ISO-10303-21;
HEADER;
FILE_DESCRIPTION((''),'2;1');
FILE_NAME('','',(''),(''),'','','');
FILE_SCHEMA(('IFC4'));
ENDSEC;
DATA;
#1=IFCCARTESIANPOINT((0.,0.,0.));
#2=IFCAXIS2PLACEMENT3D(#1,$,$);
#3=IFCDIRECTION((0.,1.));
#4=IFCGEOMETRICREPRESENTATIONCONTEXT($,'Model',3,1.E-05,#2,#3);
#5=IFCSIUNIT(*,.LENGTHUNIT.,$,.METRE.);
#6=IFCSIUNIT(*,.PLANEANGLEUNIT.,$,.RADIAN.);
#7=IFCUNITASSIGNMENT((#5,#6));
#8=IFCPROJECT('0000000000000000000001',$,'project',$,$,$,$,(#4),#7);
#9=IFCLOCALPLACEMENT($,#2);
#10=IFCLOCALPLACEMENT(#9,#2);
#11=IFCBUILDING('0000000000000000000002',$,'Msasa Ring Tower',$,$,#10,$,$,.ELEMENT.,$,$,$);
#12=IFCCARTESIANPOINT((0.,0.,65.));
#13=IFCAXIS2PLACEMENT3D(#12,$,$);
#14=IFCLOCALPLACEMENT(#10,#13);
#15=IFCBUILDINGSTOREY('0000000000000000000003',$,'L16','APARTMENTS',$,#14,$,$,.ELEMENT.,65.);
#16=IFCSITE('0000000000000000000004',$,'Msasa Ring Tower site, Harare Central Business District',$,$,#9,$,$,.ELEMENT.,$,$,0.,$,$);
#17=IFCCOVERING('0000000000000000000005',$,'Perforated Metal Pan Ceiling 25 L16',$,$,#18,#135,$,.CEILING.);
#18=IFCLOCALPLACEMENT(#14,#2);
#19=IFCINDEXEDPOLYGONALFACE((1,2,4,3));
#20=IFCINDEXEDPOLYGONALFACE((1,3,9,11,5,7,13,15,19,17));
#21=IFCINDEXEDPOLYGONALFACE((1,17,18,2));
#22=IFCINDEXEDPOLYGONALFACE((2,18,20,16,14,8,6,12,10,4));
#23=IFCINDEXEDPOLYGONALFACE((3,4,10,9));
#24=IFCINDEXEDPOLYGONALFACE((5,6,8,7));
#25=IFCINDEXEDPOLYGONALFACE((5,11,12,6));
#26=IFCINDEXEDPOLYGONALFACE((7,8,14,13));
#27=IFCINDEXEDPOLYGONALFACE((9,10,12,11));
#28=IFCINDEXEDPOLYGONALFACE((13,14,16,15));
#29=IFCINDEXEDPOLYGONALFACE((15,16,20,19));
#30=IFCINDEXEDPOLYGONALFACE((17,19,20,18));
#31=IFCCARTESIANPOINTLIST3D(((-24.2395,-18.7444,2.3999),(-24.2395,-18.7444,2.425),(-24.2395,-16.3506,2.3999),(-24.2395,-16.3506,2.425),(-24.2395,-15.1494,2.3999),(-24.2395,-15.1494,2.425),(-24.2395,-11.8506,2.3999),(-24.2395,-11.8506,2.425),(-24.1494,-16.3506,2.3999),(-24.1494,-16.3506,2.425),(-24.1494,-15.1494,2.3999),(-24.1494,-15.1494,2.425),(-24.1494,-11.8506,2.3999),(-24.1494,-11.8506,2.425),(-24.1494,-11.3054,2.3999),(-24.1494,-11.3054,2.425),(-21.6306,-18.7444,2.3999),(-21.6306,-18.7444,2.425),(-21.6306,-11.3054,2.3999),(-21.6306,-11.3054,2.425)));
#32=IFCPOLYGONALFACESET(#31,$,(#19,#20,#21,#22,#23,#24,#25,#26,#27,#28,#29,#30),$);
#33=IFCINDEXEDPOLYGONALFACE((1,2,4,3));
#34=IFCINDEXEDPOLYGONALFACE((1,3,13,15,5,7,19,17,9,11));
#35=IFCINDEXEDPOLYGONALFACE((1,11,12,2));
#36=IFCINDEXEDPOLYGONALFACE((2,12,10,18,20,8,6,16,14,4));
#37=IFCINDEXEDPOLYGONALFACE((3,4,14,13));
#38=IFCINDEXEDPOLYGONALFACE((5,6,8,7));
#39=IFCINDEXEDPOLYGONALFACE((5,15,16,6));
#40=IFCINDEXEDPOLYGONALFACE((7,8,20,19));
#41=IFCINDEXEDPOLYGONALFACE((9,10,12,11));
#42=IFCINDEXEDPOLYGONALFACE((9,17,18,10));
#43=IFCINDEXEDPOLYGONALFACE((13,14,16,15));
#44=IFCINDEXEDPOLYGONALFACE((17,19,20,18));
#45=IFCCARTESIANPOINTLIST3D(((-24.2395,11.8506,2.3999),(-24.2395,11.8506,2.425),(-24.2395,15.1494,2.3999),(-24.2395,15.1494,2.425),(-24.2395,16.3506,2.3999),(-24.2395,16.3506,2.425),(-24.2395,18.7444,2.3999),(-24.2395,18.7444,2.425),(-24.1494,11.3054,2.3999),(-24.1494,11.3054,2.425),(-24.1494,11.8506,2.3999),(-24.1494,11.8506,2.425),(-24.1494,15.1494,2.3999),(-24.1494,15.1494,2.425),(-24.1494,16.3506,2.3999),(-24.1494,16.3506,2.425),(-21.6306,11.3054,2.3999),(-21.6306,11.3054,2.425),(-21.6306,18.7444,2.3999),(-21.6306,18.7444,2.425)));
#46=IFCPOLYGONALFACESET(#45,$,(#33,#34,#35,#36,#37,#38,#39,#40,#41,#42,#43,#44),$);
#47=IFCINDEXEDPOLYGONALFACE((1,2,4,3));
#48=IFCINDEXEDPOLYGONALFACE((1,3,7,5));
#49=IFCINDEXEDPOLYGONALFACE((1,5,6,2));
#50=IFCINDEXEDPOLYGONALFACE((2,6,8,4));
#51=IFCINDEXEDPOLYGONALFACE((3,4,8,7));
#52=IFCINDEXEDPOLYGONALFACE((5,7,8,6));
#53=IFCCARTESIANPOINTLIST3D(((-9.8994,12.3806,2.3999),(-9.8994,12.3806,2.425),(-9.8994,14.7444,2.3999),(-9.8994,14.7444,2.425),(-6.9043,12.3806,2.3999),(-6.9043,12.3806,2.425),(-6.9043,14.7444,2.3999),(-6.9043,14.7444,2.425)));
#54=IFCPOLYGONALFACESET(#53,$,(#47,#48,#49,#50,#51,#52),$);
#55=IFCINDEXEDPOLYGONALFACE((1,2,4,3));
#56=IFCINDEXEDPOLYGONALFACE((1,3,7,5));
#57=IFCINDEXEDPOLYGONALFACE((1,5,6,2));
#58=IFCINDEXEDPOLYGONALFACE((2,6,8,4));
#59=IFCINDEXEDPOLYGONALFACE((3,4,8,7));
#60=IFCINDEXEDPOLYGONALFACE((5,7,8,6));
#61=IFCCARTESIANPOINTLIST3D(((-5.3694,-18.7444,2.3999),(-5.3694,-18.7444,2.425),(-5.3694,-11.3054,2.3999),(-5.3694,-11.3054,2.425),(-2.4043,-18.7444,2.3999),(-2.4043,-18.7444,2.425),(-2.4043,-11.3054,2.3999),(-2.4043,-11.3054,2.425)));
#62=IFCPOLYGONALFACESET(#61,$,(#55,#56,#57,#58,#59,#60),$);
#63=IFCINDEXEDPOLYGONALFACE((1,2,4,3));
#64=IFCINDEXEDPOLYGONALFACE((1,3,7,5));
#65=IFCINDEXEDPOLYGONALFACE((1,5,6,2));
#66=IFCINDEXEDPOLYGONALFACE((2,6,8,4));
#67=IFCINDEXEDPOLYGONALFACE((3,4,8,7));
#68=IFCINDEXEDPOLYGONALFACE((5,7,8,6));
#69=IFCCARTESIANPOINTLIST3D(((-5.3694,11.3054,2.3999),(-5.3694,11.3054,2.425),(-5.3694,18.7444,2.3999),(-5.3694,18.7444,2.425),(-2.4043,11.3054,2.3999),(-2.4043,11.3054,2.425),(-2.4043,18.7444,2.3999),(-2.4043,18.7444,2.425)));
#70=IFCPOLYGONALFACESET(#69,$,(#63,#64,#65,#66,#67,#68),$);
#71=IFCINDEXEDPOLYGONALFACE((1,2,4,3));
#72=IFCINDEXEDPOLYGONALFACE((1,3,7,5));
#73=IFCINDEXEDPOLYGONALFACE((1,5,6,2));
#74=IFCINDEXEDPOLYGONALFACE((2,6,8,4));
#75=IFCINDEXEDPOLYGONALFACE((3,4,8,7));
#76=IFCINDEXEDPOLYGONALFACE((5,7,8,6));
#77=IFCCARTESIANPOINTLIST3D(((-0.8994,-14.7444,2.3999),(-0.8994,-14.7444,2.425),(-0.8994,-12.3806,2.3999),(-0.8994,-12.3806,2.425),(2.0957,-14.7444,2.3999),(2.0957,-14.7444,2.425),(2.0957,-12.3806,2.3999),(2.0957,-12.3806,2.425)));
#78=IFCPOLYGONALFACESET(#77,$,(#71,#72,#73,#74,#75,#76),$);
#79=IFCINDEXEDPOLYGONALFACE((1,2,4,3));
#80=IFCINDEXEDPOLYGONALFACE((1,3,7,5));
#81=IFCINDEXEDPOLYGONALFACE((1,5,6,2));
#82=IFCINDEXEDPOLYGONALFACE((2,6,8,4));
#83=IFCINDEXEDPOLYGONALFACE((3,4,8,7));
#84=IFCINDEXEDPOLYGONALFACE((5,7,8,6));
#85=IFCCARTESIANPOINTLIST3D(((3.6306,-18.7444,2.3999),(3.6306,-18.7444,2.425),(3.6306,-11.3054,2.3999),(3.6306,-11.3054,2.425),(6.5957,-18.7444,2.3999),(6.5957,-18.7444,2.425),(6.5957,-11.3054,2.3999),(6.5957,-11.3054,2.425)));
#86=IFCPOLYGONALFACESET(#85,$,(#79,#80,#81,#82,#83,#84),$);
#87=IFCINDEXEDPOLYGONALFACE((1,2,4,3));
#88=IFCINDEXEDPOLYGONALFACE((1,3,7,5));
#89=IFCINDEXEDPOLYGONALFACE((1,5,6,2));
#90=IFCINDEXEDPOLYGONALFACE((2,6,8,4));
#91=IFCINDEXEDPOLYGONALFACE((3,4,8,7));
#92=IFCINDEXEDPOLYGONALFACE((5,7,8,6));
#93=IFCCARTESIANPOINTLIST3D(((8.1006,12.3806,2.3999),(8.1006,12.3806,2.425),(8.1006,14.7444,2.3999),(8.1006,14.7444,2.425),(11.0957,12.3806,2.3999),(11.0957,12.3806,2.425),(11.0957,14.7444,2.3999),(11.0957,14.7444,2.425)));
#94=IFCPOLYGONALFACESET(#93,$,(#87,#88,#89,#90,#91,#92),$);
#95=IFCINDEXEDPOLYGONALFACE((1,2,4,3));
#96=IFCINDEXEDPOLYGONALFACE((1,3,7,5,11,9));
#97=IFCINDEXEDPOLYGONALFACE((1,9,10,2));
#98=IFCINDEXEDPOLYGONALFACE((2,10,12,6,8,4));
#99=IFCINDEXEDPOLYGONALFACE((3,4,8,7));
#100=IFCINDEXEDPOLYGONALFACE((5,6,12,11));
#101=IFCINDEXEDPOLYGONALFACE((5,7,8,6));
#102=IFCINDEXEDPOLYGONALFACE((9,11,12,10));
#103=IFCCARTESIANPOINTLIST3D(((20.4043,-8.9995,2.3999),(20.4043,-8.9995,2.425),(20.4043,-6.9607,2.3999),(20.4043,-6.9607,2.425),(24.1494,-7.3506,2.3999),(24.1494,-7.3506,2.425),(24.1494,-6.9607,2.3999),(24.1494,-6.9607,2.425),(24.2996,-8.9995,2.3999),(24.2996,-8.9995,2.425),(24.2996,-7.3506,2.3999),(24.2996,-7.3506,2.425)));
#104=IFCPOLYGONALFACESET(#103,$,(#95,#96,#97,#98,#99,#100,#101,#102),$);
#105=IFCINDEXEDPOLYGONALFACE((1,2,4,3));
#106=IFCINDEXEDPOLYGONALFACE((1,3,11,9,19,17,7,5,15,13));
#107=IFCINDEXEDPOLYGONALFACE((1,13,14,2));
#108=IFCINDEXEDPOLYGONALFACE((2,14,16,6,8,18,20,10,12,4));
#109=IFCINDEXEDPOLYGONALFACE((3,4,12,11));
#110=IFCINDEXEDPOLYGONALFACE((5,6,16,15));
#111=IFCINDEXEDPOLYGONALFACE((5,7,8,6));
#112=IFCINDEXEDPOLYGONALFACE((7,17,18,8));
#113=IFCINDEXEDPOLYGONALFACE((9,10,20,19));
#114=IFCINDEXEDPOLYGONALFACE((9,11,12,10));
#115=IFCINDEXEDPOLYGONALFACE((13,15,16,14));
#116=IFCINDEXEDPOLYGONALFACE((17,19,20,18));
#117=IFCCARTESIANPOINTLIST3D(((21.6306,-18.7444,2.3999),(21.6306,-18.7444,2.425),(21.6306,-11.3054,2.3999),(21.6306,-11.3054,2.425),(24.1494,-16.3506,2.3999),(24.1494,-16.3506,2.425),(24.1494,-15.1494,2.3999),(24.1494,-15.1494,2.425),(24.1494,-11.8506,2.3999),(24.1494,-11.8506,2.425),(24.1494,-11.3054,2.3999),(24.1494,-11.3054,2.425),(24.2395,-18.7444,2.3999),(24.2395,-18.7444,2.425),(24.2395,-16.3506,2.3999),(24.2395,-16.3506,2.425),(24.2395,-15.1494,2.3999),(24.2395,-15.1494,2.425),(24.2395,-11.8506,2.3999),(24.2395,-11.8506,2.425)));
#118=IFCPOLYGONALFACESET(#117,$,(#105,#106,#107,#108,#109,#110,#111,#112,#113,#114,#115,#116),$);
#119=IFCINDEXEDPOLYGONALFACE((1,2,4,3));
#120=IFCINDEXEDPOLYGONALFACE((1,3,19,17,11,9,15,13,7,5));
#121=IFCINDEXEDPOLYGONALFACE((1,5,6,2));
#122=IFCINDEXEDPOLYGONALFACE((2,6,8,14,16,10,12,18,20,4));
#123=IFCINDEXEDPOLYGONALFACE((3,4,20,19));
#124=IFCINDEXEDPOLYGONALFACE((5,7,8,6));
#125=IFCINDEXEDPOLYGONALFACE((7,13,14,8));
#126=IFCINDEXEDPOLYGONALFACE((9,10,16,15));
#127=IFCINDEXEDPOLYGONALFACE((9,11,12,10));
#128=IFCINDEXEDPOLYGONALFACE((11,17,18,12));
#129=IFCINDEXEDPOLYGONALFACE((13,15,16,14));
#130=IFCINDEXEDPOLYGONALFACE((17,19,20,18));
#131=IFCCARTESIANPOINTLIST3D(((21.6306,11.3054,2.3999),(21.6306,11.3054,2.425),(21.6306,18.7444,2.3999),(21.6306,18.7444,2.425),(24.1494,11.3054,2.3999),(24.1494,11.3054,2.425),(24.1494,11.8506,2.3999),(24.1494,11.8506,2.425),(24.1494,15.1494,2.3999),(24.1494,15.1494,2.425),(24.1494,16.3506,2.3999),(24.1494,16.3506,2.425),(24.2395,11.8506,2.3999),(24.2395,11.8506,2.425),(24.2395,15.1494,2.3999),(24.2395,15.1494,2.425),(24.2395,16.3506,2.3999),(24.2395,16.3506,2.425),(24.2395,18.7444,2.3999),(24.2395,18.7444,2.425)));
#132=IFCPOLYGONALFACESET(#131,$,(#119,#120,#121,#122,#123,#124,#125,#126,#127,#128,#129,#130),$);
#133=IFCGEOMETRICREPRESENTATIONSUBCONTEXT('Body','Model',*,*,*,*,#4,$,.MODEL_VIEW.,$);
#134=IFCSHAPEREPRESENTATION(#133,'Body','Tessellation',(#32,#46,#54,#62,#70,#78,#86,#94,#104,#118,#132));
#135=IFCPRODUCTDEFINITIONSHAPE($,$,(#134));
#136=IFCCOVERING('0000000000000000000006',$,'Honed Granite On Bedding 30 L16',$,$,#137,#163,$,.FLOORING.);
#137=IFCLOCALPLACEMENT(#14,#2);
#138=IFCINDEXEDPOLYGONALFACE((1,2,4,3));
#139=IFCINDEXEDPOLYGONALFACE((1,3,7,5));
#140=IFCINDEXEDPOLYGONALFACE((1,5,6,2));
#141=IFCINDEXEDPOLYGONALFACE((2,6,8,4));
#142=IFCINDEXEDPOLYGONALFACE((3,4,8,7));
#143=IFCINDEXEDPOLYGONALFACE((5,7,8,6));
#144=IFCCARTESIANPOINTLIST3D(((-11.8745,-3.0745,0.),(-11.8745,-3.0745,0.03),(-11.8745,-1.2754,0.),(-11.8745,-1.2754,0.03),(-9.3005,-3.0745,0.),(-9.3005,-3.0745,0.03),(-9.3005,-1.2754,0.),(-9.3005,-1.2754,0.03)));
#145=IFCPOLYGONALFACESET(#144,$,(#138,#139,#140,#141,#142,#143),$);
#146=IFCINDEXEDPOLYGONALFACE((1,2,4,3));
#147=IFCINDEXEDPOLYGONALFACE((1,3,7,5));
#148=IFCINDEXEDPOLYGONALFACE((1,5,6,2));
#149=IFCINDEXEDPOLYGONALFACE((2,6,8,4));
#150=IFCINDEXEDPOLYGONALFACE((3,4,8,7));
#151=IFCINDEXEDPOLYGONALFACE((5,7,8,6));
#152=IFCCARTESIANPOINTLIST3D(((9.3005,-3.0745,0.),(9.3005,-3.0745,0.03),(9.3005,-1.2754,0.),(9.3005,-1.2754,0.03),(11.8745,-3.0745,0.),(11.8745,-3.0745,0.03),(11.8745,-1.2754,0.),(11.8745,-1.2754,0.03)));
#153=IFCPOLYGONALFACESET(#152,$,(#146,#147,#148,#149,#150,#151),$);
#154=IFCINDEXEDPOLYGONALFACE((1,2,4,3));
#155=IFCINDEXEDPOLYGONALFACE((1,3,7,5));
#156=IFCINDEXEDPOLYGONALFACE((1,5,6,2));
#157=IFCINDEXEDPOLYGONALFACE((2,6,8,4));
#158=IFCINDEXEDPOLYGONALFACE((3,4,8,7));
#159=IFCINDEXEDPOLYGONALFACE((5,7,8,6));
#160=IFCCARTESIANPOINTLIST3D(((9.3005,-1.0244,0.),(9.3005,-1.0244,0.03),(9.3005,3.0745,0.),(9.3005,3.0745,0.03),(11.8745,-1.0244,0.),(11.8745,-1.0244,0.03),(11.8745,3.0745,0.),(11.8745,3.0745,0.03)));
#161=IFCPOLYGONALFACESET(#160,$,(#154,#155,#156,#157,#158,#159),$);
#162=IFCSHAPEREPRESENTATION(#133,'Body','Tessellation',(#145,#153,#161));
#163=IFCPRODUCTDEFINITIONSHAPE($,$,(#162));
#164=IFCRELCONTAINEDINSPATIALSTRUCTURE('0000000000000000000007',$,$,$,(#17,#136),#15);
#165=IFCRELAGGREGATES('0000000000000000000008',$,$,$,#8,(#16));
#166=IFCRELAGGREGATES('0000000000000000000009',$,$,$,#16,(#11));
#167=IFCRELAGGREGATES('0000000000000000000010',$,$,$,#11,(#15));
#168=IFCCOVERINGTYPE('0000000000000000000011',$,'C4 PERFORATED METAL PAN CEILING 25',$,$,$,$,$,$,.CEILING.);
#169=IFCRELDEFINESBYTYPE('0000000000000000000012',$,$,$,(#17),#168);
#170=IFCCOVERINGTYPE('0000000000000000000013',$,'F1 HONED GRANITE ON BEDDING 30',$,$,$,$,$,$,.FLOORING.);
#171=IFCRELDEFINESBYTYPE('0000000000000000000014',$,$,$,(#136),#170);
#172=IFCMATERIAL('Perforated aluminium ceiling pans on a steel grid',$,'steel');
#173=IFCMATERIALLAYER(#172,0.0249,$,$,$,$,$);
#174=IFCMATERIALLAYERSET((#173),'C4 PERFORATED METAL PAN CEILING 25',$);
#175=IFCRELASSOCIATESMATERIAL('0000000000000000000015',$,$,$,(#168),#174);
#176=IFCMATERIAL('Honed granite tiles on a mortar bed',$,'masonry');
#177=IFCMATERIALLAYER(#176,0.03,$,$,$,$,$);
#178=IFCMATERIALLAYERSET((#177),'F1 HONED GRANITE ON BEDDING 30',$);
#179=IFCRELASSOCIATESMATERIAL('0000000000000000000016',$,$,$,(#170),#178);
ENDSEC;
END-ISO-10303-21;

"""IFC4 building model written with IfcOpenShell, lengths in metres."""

from ifc_helpers import new_model, si_unit, direction, frame, origin, place, context, subcontext, project, spatial, line, indexed_curve, outline, extrude, material, layer, layer_set, type_object, element, save


model = new_model("IFC4")

# Units and contexts
model_context = context("Model", 3, precision=1e-05, world=origin(), true_north=direction((0.0, 1.0)))
body_context = subcontext(model_context, "Body", "Model", "MODEL_VIEW")
ifc_project = project(units=[si_unit("LENGTHUNIT", "METRE"), si_unit("PLANEANGLEUNIT", "RADIAN")], contexts=[model_context])

# Site, building, storey
site_placement = place(None, origin())
site = spatial("IfcSite", under=ifc_project, at=site_placement, Name="Msasa Ring Tower site, Harare Central Business District", CompositionType="ELEMENT", RefElevation=0.0)
building_placement = place(site_placement, origin())
building = spatial("IfcBuilding", under=site, at=building_placement, Name="Msasa Ring Tower", CompositionType="ELEMENT")
storey_placement = place(building_placement, frame((0.0, 0.0, 65.0)))
storey = spatial("IfcBuildingStorey", under=building, at=storey_placement, Name="L16", Description="APARTMENTS", CompositionType="ELEMENT", Elevation=65.0)

# Coverings
ifc_material_1 = material(Name="Perforated aluminium ceiling pans on a steel grid", Category="steel")
ifc_layer_1 = layer(ifc_material_1, 0.0249)
ifc_layer_set_1 = layer_set([ifc_layer_1], Name="C4 PERFORATED METAL PAN CEILING 25")
covering_type_1 = type_object("IfcCoveringType", Name="C4 PERFORATED METAL PAN CEILING 25", PredefinedType="CEILING", material=ifc_layer_set_1)
covering_1_placement = place(storey_placement, frame((0.0, 0.0, 2.3999)))
element("IfcCovering", 1, at=covering_1_placement, inside=storey, type_object=covering_type_1, Name="Perforated Metal Pan Ceiling 25 L16", PredefinedType="CEILING", context=body_context, shape_type="SweptSolid", body=[
    extrude(outline(indexed_curve([(-24.2395, -18.7444), (-24.2395, -16.3506), (-24.1494, -16.3506), (-24.1494, -15.1494), (-24.2395, -15.1494), (-24.2395, -11.8506), (-24.1494, -11.8506), (-24.1494, -11.3054), (-21.6306, -11.3054), (-21.6306, -18.7444)], segments=[line(1, 2, 3, 4, 5, 6, 7, 8, 9, 10, 1)], self_intersect=False)), origin(), (0.0, 0.0, 1.0), 0.0251),
    extrude(outline(indexed_curve([(-24.2395, 15.1494), (-24.1494, 15.1494), (-24.1494, 16.3506), (-24.2395, 16.3506), (-24.2395, 18.7444), (-21.6306, 18.7444), (-21.6306, 11.3054), (-24.1494, 11.3054), (-24.1494, 11.8506), (-24.2395, 11.8506)], segments=[line(1, 2, 3, 4, 5, 6, 7, 8, 9, 10, 1)], self_intersect=False)), origin(), (0.0, 0.0, 1.0), 0.0251),
    extrude(outline(indexed_curve([(-9.8994, 14.7444), (-6.9043, 14.7444), (-6.9043, 12.3806), (-9.8994, 12.3806)], segments=[line(1, 2, 3, 4, 1)], self_intersect=False)), origin(), (0.0, 0.0, 1.0), 0.0251),
    extrude(outline(indexed_curve([(-5.3694, -18.7444), (-5.3694, -11.3054), (-2.4043, -11.3054), (-2.4043, -18.7444)], segments=[line(1, 2, 3, 4, 1)], self_intersect=False)), origin(), (0.0, 0.0, 1.0), 0.0251),
    extrude(outline(indexed_curve([(-5.3694, 11.3054), (-5.3694, 18.7444), (-2.4043, 18.7444), (-2.4043, 11.3054)], segments=[line(1, 2, 3, 4, 1)], self_intersect=False)), origin(), (0.0, 0.0, 1.0), 0.0251),
    extrude(outline(indexed_curve([(-0.8994, -14.7444), (-0.8994, -12.3806), (2.0957, -12.3806), (2.0957, -14.7444)], segments=[line(1, 2, 3, 4, 1)], self_intersect=False)), origin(), (0.0, 0.0, 1.0), 0.0251),
    extrude(outline(indexed_curve([(3.6306, -11.3054), (6.5957, -11.3054), (6.5957, -18.7444), (3.6306, -18.7444)], segments=[line(1, 2, 3, 4, 1)], self_intersect=False)), origin(), (0.0, 0.0, 1.0), 0.0251),
    extrude(outline(indexed_curve([(8.1006, 14.7444), (11.0957, 14.7444), (11.0957, 12.3806), (8.1006, 12.3806)], segments=[line(1, 2, 3, 4, 1)], self_intersect=False)), origin(), (0.0, 0.0, 1.0), 0.0251),
    extrude(outline(indexed_curve([(24.2996, -8.9995), (20.4043, -8.9995), (20.4043, -6.9607), (24.1494, -6.9607), (24.1494, -7.3506), (24.2996, -7.3506)], segments=[line(1, 2, 3, 4, 5, 6, 1)], self_intersect=False)), origin(), (0.0, 0.0, 1.0), 0.0251),
    extrude(outline(indexed_curve([(21.6306, -11.3054), (24.1494, -11.3054), (24.1494, -11.8506), (24.2395, -11.8506), (24.2395, -15.1494), (24.1494, -15.1494), (24.1494, -16.3506), (24.2395, -16.3506), (24.2395, -18.7444), (21.6306, -18.7444)], segments=[line(1, 2, 3, 4, 5, 6, 7, 8, 9, 10, 1)], self_intersect=False)), origin(), (0.0, 0.0, 1.0), 0.0251),
    extrude(outline(indexed_curve([(21.6306, 18.7444), (24.2395, 18.7444), (24.2395, 16.3506), (24.1494, 16.3506), (24.1494, 15.1494), (24.2395, 15.1494), (24.2395, 11.8506), (24.1494, 11.8506), (24.1494, 11.3054), (21.6306, 11.3054)], segments=[line(1, 2, 3, 4, 5, 6, 7, 8, 9, 10, 1)], self_intersect=False)), origin(), (0.0, 0.0, 1.0), 0.0251),
])
ifc_material_2 = material(Name="Honed granite tiles on a mortar bed", Category="masonry")
ifc_layer_2 = layer(ifc_material_2, 0.03)
ifc_layer_set_2 = layer_set([ifc_layer_2], Name="F1 HONED GRANITE ON BEDDING 30")
covering_type_2 = type_object("IfcCoveringType", Name="F1 HONED GRANITE ON BEDDING 30", PredefinedType="FLOORING", material=ifc_layer_set_2)
covering_2_placement = place(storey_placement, origin())
element("IfcCovering", 2, at=covering_2_placement, inside=storey, type_object=covering_type_2, Name="Honed Granite On Bedding 30 L16", PredefinedType="FLOORING", context=body_context, shape_type="SweptSolid", body=[
    extrude(outline(indexed_curve([(-9.3005, -3.0745), (-11.8745, -3.0745), (-11.8745, -1.2754), (-9.3005, -1.2754)], segments=[line(1, 2, 3, 4, 1)], self_intersect=False)), origin(), (0.0, 0.0, 1.0), 0.03),
    extrude(outline(indexed_curve([(9.3005, -3.0745), (9.3005, -1.2754), (11.8745, -1.2754), (11.8745, -3.0745)], segments=[line(1, 2, 3, 4, 1)], self_intersect=False)), origin(), (0.0, 0.0, 1.0), 0.03),
    extrude(outline(indexed_curve([(9.3005, -1.0244), (9.3005, 3.0745), (11.8745, 3.0745), (11.8745, -1.0244)], segments=[line(1, 2, 3, 4, 1)], self_intersect=False)), origin(), (0.0, 0.0, 1.0), 0.03),
])

save(model, "model.ifc")
